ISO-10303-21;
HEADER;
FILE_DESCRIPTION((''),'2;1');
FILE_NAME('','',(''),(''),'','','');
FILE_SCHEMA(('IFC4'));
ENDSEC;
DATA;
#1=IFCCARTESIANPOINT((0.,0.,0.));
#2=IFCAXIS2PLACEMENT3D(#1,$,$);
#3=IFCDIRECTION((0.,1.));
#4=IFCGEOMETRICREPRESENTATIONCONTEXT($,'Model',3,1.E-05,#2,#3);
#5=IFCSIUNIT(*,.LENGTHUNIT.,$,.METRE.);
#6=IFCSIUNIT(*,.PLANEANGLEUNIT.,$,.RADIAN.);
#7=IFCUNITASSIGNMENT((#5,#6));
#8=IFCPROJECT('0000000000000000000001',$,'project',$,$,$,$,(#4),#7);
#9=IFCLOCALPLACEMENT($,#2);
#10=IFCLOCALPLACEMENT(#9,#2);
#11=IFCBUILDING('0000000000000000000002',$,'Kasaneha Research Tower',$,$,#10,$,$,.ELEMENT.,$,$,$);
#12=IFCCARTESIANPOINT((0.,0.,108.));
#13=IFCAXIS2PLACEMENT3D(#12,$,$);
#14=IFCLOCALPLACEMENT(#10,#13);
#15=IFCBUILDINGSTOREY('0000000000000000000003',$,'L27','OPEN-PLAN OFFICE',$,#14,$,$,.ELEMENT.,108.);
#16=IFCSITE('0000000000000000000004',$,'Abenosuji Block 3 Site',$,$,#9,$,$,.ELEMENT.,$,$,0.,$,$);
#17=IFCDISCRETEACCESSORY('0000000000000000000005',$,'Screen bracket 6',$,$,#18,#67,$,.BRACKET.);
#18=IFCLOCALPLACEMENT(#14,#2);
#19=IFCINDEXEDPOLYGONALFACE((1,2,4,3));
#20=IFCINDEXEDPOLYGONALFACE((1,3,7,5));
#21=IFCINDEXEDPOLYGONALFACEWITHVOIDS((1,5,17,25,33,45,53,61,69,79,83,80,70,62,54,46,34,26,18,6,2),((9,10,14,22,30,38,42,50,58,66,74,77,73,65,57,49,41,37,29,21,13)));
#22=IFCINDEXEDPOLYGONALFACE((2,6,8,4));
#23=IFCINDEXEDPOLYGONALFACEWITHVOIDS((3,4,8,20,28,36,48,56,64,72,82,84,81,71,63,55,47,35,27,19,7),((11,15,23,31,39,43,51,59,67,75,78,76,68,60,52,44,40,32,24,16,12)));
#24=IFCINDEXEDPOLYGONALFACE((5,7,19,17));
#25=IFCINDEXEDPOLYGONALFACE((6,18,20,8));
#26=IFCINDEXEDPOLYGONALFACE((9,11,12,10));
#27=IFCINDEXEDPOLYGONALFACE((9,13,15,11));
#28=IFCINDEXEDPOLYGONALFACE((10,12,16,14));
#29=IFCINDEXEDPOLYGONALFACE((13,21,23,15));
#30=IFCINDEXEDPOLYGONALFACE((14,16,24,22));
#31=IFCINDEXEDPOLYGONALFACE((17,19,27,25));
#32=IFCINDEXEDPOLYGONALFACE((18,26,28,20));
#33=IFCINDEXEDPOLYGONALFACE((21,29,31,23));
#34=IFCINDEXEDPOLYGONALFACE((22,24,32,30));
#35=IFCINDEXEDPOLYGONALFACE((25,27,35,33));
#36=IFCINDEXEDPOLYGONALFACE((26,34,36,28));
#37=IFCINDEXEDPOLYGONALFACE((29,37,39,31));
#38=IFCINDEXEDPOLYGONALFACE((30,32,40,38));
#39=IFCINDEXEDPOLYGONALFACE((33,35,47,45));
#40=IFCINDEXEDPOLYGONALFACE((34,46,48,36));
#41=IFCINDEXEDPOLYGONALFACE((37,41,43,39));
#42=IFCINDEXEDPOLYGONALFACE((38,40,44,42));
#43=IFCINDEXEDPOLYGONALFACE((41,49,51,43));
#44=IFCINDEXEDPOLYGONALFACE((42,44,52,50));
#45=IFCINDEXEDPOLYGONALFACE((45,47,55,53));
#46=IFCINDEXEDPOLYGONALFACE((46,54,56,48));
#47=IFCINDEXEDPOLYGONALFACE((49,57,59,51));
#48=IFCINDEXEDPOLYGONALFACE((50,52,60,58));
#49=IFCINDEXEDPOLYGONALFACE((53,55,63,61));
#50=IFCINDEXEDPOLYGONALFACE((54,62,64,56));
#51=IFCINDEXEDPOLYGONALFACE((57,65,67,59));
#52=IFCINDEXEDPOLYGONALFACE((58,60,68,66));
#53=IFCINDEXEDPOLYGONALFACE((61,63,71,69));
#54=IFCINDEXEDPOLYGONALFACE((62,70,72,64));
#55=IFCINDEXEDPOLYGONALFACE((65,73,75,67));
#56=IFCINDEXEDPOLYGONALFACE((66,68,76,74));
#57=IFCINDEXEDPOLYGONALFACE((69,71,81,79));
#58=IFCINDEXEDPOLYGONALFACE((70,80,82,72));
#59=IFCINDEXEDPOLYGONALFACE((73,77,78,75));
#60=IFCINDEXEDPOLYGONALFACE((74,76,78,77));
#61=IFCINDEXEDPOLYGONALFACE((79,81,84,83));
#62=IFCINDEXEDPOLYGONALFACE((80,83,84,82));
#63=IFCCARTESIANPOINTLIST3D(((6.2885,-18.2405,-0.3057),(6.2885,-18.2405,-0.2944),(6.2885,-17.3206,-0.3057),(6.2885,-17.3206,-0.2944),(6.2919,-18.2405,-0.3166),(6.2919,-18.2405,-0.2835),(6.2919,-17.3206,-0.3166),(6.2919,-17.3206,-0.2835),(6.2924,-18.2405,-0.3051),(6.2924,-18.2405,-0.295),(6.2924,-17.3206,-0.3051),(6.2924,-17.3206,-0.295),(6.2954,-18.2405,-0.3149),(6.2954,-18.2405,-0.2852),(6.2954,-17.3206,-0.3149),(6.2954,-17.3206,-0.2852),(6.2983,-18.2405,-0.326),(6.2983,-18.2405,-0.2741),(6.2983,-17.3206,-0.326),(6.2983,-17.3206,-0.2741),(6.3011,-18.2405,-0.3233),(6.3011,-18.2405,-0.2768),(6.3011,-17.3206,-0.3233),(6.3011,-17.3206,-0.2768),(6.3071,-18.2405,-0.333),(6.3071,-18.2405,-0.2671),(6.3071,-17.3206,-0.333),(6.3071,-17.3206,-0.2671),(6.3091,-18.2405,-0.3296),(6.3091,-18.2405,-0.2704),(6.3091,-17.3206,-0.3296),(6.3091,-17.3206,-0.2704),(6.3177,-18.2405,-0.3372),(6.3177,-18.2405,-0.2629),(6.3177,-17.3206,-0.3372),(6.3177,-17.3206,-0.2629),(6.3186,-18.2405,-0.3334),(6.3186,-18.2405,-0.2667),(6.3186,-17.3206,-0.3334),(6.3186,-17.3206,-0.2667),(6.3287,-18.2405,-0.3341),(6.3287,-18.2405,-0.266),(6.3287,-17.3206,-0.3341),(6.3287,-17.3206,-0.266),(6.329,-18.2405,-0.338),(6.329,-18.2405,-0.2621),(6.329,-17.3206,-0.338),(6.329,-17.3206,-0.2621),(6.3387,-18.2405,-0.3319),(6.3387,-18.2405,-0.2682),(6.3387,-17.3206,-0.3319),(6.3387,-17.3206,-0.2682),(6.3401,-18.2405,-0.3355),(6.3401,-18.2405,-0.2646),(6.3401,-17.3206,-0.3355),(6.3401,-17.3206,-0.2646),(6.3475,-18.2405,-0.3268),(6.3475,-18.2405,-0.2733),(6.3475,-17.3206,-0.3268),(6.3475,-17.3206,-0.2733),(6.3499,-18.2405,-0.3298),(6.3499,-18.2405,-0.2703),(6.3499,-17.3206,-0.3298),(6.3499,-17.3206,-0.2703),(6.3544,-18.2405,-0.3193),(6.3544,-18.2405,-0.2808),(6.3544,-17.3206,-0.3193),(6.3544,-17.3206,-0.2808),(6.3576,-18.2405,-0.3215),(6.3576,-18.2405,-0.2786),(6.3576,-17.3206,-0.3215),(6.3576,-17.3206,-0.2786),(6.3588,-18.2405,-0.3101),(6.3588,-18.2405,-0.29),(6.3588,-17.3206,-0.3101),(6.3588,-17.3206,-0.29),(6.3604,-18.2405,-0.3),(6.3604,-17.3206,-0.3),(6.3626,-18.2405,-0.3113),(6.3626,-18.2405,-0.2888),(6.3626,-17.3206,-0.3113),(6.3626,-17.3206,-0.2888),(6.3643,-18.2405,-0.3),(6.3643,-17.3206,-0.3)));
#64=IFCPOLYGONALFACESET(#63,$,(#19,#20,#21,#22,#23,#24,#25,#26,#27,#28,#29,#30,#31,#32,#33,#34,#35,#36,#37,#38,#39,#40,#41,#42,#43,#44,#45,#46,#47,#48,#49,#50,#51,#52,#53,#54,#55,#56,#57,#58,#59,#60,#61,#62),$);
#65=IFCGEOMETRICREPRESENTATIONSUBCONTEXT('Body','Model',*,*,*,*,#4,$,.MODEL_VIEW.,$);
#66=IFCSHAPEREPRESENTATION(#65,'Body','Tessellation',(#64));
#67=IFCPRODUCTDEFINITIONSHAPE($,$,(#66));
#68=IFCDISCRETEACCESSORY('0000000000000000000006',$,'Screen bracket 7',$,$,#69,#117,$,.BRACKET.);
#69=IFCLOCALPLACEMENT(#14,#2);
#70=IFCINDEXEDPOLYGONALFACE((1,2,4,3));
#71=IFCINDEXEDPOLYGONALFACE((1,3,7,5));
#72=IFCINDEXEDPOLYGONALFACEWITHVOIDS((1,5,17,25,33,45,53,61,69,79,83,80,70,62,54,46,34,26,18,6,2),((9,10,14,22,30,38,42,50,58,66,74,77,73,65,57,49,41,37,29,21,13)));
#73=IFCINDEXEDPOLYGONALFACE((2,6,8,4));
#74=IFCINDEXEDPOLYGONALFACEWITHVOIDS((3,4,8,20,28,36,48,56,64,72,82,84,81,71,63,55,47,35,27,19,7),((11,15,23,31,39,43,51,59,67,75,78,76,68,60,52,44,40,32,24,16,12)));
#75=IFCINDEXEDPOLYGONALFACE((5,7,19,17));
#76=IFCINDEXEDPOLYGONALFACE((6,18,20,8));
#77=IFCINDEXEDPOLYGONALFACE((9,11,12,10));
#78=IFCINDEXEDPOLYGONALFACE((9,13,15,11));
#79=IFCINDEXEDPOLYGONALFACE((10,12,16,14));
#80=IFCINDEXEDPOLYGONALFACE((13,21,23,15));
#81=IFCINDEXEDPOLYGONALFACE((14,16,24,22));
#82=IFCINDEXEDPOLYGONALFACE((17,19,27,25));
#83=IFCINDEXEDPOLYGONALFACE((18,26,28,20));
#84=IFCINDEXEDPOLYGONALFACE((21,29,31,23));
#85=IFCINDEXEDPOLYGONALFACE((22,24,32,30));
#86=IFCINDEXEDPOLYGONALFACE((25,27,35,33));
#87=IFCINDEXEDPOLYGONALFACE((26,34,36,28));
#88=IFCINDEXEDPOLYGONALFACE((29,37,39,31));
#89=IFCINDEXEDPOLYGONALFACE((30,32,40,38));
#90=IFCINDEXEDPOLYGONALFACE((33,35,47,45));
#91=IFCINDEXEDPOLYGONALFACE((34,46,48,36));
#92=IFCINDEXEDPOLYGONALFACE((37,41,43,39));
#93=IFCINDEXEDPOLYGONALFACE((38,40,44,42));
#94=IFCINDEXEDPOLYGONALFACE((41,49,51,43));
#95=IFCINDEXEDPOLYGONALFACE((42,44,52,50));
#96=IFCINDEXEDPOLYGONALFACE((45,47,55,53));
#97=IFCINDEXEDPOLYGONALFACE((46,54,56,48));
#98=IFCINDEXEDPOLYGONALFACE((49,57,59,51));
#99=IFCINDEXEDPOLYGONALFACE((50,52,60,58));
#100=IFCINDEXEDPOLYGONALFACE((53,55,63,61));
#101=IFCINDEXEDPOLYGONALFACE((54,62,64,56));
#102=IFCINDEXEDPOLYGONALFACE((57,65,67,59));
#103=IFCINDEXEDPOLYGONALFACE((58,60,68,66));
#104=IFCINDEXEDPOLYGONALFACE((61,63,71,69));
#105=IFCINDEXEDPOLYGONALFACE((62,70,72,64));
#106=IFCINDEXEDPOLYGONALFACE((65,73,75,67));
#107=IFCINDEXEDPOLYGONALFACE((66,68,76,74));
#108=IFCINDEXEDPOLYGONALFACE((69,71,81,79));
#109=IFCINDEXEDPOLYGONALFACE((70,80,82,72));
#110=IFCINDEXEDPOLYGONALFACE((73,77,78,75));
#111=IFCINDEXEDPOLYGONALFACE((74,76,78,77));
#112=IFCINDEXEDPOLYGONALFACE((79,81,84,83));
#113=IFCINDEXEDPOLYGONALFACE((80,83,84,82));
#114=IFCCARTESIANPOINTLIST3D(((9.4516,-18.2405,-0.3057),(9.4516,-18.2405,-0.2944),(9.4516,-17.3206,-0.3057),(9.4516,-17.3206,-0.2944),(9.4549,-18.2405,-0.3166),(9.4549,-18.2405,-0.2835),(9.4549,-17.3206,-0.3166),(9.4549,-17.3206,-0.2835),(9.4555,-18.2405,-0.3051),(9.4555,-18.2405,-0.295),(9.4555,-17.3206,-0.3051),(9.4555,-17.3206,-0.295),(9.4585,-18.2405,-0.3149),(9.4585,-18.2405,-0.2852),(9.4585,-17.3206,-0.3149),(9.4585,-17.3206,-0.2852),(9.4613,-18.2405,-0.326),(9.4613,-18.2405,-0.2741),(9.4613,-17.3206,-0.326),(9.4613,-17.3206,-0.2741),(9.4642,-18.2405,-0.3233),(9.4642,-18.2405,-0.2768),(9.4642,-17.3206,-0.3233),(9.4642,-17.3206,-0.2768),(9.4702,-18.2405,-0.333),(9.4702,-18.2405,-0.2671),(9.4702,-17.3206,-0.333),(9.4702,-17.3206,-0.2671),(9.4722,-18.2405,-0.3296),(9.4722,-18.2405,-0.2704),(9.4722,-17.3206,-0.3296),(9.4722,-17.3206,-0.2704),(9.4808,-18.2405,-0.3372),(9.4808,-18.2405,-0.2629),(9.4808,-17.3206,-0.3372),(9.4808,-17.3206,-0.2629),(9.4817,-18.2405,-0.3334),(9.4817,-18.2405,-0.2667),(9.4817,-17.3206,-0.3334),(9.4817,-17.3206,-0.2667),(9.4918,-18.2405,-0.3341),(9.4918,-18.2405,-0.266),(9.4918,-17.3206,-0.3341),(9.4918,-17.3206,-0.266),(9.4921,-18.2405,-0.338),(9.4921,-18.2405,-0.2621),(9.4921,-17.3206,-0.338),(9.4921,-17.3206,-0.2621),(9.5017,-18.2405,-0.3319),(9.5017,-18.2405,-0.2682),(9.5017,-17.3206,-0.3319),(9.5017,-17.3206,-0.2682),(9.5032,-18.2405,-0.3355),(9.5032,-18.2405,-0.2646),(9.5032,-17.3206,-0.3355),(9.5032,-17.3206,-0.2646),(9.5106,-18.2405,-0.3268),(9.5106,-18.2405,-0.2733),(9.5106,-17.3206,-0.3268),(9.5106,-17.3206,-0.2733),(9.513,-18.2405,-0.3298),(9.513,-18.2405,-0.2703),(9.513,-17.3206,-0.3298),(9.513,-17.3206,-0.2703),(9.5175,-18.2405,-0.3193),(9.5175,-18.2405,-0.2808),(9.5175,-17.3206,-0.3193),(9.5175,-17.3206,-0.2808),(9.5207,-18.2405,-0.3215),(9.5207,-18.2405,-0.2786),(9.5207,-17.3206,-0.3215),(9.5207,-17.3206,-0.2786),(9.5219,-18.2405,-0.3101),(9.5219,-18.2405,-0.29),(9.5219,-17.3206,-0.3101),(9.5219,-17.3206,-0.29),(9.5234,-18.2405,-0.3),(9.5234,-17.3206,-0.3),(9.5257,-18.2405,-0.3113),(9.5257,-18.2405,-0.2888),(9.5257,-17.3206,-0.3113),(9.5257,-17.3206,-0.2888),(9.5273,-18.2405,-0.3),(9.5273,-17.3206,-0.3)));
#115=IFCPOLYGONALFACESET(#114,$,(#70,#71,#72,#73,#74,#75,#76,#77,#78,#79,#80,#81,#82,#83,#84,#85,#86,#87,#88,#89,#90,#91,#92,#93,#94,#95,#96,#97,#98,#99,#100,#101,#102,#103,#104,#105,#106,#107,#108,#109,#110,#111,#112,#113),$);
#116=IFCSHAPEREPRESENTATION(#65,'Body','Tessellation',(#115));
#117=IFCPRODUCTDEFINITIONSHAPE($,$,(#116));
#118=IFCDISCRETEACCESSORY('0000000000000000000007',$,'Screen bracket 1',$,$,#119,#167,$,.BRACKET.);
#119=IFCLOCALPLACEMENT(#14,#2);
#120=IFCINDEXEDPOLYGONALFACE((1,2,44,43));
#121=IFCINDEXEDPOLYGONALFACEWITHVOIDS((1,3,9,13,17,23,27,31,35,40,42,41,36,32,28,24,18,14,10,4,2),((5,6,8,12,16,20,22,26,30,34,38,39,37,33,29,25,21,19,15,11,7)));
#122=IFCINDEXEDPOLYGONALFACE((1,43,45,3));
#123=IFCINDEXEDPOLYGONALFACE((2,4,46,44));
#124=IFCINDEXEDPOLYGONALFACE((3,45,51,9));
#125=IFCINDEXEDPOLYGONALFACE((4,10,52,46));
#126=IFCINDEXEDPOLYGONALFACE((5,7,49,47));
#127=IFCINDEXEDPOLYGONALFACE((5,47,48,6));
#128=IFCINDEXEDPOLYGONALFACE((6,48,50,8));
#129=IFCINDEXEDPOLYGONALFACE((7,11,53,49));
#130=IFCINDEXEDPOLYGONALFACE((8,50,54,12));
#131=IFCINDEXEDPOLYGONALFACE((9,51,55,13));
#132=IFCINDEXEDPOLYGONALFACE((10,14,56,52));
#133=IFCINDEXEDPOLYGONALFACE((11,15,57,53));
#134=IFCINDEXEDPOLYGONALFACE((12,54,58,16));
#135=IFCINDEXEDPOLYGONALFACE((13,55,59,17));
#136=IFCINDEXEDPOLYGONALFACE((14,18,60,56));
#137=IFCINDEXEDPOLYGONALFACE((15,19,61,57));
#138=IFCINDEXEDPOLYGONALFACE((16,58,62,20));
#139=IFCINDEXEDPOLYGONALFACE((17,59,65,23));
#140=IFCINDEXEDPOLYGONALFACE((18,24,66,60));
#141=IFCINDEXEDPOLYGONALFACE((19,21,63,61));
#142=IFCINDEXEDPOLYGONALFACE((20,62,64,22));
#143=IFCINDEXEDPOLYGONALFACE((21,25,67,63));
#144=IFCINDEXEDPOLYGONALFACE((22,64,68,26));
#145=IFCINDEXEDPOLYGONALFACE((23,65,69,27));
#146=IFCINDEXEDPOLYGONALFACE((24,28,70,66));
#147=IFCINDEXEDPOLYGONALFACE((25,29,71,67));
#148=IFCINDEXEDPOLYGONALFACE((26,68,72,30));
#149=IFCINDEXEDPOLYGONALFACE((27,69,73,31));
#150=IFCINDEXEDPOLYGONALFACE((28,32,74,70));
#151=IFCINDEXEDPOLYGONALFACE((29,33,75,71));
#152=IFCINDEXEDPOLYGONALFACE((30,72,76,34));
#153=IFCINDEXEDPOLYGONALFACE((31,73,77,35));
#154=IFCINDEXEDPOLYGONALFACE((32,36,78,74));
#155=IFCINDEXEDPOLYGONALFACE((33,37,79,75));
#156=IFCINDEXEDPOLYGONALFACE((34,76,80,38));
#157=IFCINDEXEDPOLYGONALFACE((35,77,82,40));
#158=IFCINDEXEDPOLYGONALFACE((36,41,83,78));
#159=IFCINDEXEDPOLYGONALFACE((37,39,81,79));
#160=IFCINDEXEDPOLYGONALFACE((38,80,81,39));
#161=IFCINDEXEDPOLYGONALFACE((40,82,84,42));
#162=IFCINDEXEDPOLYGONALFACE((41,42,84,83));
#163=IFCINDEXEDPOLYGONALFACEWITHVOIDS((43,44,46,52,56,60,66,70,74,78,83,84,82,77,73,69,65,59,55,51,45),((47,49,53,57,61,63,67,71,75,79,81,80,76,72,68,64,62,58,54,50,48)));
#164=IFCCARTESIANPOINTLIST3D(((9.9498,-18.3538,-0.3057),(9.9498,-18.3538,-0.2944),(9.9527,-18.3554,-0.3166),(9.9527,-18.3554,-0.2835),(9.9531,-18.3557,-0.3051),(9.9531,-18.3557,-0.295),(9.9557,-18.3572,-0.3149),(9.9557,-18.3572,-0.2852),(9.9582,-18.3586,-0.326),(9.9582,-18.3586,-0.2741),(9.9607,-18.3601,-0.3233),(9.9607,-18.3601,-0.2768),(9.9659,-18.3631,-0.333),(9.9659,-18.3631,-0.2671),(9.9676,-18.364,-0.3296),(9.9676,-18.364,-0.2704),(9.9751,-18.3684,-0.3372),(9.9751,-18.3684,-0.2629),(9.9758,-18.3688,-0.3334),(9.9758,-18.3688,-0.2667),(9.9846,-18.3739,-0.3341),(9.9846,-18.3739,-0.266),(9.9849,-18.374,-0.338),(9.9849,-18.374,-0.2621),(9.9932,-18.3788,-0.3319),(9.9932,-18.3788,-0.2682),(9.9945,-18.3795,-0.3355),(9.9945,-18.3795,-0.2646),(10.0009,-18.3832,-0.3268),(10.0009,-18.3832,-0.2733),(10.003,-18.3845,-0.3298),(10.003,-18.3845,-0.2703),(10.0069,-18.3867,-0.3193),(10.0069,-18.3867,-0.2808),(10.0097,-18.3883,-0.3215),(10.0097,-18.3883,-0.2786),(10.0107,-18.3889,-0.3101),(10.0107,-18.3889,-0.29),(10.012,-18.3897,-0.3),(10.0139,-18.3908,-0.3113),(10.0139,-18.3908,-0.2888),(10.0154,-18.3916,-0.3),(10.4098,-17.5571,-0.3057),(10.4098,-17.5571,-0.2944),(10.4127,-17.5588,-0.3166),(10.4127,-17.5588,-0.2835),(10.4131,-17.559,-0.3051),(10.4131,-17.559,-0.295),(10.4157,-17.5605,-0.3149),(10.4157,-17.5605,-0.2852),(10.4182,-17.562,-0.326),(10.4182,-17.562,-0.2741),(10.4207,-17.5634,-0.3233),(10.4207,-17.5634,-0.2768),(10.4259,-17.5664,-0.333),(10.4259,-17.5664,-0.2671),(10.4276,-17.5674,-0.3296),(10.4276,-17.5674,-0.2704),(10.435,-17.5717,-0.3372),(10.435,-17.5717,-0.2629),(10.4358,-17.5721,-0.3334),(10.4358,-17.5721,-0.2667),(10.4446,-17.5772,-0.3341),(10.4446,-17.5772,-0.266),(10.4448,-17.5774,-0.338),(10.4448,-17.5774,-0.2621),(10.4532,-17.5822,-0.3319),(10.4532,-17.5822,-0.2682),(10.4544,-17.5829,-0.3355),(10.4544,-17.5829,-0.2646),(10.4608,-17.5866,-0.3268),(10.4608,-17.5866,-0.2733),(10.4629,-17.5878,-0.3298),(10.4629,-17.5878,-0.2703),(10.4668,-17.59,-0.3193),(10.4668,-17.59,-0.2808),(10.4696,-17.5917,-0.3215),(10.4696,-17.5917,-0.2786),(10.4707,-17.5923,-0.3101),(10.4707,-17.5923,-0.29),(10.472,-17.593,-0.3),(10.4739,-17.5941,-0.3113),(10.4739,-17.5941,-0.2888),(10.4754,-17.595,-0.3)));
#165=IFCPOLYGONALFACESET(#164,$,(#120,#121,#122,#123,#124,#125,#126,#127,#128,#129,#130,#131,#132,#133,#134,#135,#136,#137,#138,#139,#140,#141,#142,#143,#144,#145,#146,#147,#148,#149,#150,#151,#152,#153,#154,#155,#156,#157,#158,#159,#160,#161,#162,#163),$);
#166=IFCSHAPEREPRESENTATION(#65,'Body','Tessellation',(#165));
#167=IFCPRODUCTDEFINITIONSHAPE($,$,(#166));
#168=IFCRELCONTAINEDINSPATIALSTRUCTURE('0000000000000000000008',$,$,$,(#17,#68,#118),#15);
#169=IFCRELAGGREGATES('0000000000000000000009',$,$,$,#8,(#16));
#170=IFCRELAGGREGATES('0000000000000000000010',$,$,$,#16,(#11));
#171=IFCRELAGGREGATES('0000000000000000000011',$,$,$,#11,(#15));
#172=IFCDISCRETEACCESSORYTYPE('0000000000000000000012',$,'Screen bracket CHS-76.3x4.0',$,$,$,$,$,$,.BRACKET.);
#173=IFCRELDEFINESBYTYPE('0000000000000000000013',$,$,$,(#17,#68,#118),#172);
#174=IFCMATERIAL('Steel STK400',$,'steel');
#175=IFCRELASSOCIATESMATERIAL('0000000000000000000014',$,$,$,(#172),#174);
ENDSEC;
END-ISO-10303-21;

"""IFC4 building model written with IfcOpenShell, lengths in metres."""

from ifc_helpers import new_model, si_unit, direction, frame, origin, origin_2d, place, context, subcontext, project, spatial, hollow_circle, extrude, material, material_profile, profile_set, type_object, element, save


model = new_model("IFC4")

# Units and contexts
model_context = context("Model", 3, precision=1e-05, world=origin(), true_north=direction((0.0, 1.0)))
body_context = subcontext(model_context, "Body", "Model", "MODEL_VIEW")
ifc_project = project(units=[si_unit("LENGTHUNIT", "METRE"), si_unit("PLANEANGLEUNIT", "RADIAN")], contexts=[model_context])

# Site, building, storey
site_placement = place(None, origin())
site = spatial("IfcSite", under=ifc_project, at=site_placement, Name="Abenosuji Block 3 Site", CompositionType="ELEMENT", RefElevation=0.0)
building_placement = place(site_placement, origin())
building = spatial("IfcBuilding", under=site, at=building_placement, Name="Kasaneha Research Tower", CompositionType="ELEMENT")
storey_placement = place(building_placement, frame((0.0, 0.0, 108.0)))
storey = spatial("IfcBuildingStorey", under=building, at=storey_placement, Name="L27", Description="OPEN-PLAN OFFICE", CompositionType="ELEMENT", Elevation=108.0)

# Discrete accessories
ifc_material_1 = material(Name="Steel STK400", Category="steel")
ifc_material_profile_1 = material_profile(ifc_material_1, hollow_circle(Radius=0.0381, WallThickness=0.0039, at=origin_2d()), Name="CHS-76.3x4.0")
ifc_profile_set_1 = profile_set([ifc_material_profile_1], Name="Steel STK400")
discrete_accessory_type = type_object("IfcDiscreteAccessoryType", Name="Screen bracket CHS-76.3x4.0", PredefinedType="BRACKET", material=ifc_profile_set_1)
for number, where, z_axis, x_axis, name in (
    (1, (6.3262, -17.3206, -0.3), (0.0, -1.0, 0.0), (1.0, 0.0, 0.0), "Screen bracket 6"),
    (2, (9.4893, -17.3206, -0.3), (0.0, -1.0, 0.0), (1.0, 0.0, 0.0), "Screen bracket 7"),
    (3, (10.4424, -17.5759, -0.3), (-0.500021, -0.866013, 0.0), (0.866013, -0.500021, 0.0), "Screen bracket 1"),
):
    element("IfcDiscreteAccessory", number, at=place(storey_placement, frame(where, z_axis=z_axis, x_axis=x_axis)), inside=storey, type_object=discrete_accessory_type, Name=name, PredefinedType="BRACKET", context=body_context, shape_type="SweptSolid", body=[
        extrude(hollow_circle(Radius=0.0381, WallThickness=0.0039, at=origin_2d()), origin(), (0.0, 0.0, 1.0), 0.9199),
    ])

save(model, "model.ifc")
